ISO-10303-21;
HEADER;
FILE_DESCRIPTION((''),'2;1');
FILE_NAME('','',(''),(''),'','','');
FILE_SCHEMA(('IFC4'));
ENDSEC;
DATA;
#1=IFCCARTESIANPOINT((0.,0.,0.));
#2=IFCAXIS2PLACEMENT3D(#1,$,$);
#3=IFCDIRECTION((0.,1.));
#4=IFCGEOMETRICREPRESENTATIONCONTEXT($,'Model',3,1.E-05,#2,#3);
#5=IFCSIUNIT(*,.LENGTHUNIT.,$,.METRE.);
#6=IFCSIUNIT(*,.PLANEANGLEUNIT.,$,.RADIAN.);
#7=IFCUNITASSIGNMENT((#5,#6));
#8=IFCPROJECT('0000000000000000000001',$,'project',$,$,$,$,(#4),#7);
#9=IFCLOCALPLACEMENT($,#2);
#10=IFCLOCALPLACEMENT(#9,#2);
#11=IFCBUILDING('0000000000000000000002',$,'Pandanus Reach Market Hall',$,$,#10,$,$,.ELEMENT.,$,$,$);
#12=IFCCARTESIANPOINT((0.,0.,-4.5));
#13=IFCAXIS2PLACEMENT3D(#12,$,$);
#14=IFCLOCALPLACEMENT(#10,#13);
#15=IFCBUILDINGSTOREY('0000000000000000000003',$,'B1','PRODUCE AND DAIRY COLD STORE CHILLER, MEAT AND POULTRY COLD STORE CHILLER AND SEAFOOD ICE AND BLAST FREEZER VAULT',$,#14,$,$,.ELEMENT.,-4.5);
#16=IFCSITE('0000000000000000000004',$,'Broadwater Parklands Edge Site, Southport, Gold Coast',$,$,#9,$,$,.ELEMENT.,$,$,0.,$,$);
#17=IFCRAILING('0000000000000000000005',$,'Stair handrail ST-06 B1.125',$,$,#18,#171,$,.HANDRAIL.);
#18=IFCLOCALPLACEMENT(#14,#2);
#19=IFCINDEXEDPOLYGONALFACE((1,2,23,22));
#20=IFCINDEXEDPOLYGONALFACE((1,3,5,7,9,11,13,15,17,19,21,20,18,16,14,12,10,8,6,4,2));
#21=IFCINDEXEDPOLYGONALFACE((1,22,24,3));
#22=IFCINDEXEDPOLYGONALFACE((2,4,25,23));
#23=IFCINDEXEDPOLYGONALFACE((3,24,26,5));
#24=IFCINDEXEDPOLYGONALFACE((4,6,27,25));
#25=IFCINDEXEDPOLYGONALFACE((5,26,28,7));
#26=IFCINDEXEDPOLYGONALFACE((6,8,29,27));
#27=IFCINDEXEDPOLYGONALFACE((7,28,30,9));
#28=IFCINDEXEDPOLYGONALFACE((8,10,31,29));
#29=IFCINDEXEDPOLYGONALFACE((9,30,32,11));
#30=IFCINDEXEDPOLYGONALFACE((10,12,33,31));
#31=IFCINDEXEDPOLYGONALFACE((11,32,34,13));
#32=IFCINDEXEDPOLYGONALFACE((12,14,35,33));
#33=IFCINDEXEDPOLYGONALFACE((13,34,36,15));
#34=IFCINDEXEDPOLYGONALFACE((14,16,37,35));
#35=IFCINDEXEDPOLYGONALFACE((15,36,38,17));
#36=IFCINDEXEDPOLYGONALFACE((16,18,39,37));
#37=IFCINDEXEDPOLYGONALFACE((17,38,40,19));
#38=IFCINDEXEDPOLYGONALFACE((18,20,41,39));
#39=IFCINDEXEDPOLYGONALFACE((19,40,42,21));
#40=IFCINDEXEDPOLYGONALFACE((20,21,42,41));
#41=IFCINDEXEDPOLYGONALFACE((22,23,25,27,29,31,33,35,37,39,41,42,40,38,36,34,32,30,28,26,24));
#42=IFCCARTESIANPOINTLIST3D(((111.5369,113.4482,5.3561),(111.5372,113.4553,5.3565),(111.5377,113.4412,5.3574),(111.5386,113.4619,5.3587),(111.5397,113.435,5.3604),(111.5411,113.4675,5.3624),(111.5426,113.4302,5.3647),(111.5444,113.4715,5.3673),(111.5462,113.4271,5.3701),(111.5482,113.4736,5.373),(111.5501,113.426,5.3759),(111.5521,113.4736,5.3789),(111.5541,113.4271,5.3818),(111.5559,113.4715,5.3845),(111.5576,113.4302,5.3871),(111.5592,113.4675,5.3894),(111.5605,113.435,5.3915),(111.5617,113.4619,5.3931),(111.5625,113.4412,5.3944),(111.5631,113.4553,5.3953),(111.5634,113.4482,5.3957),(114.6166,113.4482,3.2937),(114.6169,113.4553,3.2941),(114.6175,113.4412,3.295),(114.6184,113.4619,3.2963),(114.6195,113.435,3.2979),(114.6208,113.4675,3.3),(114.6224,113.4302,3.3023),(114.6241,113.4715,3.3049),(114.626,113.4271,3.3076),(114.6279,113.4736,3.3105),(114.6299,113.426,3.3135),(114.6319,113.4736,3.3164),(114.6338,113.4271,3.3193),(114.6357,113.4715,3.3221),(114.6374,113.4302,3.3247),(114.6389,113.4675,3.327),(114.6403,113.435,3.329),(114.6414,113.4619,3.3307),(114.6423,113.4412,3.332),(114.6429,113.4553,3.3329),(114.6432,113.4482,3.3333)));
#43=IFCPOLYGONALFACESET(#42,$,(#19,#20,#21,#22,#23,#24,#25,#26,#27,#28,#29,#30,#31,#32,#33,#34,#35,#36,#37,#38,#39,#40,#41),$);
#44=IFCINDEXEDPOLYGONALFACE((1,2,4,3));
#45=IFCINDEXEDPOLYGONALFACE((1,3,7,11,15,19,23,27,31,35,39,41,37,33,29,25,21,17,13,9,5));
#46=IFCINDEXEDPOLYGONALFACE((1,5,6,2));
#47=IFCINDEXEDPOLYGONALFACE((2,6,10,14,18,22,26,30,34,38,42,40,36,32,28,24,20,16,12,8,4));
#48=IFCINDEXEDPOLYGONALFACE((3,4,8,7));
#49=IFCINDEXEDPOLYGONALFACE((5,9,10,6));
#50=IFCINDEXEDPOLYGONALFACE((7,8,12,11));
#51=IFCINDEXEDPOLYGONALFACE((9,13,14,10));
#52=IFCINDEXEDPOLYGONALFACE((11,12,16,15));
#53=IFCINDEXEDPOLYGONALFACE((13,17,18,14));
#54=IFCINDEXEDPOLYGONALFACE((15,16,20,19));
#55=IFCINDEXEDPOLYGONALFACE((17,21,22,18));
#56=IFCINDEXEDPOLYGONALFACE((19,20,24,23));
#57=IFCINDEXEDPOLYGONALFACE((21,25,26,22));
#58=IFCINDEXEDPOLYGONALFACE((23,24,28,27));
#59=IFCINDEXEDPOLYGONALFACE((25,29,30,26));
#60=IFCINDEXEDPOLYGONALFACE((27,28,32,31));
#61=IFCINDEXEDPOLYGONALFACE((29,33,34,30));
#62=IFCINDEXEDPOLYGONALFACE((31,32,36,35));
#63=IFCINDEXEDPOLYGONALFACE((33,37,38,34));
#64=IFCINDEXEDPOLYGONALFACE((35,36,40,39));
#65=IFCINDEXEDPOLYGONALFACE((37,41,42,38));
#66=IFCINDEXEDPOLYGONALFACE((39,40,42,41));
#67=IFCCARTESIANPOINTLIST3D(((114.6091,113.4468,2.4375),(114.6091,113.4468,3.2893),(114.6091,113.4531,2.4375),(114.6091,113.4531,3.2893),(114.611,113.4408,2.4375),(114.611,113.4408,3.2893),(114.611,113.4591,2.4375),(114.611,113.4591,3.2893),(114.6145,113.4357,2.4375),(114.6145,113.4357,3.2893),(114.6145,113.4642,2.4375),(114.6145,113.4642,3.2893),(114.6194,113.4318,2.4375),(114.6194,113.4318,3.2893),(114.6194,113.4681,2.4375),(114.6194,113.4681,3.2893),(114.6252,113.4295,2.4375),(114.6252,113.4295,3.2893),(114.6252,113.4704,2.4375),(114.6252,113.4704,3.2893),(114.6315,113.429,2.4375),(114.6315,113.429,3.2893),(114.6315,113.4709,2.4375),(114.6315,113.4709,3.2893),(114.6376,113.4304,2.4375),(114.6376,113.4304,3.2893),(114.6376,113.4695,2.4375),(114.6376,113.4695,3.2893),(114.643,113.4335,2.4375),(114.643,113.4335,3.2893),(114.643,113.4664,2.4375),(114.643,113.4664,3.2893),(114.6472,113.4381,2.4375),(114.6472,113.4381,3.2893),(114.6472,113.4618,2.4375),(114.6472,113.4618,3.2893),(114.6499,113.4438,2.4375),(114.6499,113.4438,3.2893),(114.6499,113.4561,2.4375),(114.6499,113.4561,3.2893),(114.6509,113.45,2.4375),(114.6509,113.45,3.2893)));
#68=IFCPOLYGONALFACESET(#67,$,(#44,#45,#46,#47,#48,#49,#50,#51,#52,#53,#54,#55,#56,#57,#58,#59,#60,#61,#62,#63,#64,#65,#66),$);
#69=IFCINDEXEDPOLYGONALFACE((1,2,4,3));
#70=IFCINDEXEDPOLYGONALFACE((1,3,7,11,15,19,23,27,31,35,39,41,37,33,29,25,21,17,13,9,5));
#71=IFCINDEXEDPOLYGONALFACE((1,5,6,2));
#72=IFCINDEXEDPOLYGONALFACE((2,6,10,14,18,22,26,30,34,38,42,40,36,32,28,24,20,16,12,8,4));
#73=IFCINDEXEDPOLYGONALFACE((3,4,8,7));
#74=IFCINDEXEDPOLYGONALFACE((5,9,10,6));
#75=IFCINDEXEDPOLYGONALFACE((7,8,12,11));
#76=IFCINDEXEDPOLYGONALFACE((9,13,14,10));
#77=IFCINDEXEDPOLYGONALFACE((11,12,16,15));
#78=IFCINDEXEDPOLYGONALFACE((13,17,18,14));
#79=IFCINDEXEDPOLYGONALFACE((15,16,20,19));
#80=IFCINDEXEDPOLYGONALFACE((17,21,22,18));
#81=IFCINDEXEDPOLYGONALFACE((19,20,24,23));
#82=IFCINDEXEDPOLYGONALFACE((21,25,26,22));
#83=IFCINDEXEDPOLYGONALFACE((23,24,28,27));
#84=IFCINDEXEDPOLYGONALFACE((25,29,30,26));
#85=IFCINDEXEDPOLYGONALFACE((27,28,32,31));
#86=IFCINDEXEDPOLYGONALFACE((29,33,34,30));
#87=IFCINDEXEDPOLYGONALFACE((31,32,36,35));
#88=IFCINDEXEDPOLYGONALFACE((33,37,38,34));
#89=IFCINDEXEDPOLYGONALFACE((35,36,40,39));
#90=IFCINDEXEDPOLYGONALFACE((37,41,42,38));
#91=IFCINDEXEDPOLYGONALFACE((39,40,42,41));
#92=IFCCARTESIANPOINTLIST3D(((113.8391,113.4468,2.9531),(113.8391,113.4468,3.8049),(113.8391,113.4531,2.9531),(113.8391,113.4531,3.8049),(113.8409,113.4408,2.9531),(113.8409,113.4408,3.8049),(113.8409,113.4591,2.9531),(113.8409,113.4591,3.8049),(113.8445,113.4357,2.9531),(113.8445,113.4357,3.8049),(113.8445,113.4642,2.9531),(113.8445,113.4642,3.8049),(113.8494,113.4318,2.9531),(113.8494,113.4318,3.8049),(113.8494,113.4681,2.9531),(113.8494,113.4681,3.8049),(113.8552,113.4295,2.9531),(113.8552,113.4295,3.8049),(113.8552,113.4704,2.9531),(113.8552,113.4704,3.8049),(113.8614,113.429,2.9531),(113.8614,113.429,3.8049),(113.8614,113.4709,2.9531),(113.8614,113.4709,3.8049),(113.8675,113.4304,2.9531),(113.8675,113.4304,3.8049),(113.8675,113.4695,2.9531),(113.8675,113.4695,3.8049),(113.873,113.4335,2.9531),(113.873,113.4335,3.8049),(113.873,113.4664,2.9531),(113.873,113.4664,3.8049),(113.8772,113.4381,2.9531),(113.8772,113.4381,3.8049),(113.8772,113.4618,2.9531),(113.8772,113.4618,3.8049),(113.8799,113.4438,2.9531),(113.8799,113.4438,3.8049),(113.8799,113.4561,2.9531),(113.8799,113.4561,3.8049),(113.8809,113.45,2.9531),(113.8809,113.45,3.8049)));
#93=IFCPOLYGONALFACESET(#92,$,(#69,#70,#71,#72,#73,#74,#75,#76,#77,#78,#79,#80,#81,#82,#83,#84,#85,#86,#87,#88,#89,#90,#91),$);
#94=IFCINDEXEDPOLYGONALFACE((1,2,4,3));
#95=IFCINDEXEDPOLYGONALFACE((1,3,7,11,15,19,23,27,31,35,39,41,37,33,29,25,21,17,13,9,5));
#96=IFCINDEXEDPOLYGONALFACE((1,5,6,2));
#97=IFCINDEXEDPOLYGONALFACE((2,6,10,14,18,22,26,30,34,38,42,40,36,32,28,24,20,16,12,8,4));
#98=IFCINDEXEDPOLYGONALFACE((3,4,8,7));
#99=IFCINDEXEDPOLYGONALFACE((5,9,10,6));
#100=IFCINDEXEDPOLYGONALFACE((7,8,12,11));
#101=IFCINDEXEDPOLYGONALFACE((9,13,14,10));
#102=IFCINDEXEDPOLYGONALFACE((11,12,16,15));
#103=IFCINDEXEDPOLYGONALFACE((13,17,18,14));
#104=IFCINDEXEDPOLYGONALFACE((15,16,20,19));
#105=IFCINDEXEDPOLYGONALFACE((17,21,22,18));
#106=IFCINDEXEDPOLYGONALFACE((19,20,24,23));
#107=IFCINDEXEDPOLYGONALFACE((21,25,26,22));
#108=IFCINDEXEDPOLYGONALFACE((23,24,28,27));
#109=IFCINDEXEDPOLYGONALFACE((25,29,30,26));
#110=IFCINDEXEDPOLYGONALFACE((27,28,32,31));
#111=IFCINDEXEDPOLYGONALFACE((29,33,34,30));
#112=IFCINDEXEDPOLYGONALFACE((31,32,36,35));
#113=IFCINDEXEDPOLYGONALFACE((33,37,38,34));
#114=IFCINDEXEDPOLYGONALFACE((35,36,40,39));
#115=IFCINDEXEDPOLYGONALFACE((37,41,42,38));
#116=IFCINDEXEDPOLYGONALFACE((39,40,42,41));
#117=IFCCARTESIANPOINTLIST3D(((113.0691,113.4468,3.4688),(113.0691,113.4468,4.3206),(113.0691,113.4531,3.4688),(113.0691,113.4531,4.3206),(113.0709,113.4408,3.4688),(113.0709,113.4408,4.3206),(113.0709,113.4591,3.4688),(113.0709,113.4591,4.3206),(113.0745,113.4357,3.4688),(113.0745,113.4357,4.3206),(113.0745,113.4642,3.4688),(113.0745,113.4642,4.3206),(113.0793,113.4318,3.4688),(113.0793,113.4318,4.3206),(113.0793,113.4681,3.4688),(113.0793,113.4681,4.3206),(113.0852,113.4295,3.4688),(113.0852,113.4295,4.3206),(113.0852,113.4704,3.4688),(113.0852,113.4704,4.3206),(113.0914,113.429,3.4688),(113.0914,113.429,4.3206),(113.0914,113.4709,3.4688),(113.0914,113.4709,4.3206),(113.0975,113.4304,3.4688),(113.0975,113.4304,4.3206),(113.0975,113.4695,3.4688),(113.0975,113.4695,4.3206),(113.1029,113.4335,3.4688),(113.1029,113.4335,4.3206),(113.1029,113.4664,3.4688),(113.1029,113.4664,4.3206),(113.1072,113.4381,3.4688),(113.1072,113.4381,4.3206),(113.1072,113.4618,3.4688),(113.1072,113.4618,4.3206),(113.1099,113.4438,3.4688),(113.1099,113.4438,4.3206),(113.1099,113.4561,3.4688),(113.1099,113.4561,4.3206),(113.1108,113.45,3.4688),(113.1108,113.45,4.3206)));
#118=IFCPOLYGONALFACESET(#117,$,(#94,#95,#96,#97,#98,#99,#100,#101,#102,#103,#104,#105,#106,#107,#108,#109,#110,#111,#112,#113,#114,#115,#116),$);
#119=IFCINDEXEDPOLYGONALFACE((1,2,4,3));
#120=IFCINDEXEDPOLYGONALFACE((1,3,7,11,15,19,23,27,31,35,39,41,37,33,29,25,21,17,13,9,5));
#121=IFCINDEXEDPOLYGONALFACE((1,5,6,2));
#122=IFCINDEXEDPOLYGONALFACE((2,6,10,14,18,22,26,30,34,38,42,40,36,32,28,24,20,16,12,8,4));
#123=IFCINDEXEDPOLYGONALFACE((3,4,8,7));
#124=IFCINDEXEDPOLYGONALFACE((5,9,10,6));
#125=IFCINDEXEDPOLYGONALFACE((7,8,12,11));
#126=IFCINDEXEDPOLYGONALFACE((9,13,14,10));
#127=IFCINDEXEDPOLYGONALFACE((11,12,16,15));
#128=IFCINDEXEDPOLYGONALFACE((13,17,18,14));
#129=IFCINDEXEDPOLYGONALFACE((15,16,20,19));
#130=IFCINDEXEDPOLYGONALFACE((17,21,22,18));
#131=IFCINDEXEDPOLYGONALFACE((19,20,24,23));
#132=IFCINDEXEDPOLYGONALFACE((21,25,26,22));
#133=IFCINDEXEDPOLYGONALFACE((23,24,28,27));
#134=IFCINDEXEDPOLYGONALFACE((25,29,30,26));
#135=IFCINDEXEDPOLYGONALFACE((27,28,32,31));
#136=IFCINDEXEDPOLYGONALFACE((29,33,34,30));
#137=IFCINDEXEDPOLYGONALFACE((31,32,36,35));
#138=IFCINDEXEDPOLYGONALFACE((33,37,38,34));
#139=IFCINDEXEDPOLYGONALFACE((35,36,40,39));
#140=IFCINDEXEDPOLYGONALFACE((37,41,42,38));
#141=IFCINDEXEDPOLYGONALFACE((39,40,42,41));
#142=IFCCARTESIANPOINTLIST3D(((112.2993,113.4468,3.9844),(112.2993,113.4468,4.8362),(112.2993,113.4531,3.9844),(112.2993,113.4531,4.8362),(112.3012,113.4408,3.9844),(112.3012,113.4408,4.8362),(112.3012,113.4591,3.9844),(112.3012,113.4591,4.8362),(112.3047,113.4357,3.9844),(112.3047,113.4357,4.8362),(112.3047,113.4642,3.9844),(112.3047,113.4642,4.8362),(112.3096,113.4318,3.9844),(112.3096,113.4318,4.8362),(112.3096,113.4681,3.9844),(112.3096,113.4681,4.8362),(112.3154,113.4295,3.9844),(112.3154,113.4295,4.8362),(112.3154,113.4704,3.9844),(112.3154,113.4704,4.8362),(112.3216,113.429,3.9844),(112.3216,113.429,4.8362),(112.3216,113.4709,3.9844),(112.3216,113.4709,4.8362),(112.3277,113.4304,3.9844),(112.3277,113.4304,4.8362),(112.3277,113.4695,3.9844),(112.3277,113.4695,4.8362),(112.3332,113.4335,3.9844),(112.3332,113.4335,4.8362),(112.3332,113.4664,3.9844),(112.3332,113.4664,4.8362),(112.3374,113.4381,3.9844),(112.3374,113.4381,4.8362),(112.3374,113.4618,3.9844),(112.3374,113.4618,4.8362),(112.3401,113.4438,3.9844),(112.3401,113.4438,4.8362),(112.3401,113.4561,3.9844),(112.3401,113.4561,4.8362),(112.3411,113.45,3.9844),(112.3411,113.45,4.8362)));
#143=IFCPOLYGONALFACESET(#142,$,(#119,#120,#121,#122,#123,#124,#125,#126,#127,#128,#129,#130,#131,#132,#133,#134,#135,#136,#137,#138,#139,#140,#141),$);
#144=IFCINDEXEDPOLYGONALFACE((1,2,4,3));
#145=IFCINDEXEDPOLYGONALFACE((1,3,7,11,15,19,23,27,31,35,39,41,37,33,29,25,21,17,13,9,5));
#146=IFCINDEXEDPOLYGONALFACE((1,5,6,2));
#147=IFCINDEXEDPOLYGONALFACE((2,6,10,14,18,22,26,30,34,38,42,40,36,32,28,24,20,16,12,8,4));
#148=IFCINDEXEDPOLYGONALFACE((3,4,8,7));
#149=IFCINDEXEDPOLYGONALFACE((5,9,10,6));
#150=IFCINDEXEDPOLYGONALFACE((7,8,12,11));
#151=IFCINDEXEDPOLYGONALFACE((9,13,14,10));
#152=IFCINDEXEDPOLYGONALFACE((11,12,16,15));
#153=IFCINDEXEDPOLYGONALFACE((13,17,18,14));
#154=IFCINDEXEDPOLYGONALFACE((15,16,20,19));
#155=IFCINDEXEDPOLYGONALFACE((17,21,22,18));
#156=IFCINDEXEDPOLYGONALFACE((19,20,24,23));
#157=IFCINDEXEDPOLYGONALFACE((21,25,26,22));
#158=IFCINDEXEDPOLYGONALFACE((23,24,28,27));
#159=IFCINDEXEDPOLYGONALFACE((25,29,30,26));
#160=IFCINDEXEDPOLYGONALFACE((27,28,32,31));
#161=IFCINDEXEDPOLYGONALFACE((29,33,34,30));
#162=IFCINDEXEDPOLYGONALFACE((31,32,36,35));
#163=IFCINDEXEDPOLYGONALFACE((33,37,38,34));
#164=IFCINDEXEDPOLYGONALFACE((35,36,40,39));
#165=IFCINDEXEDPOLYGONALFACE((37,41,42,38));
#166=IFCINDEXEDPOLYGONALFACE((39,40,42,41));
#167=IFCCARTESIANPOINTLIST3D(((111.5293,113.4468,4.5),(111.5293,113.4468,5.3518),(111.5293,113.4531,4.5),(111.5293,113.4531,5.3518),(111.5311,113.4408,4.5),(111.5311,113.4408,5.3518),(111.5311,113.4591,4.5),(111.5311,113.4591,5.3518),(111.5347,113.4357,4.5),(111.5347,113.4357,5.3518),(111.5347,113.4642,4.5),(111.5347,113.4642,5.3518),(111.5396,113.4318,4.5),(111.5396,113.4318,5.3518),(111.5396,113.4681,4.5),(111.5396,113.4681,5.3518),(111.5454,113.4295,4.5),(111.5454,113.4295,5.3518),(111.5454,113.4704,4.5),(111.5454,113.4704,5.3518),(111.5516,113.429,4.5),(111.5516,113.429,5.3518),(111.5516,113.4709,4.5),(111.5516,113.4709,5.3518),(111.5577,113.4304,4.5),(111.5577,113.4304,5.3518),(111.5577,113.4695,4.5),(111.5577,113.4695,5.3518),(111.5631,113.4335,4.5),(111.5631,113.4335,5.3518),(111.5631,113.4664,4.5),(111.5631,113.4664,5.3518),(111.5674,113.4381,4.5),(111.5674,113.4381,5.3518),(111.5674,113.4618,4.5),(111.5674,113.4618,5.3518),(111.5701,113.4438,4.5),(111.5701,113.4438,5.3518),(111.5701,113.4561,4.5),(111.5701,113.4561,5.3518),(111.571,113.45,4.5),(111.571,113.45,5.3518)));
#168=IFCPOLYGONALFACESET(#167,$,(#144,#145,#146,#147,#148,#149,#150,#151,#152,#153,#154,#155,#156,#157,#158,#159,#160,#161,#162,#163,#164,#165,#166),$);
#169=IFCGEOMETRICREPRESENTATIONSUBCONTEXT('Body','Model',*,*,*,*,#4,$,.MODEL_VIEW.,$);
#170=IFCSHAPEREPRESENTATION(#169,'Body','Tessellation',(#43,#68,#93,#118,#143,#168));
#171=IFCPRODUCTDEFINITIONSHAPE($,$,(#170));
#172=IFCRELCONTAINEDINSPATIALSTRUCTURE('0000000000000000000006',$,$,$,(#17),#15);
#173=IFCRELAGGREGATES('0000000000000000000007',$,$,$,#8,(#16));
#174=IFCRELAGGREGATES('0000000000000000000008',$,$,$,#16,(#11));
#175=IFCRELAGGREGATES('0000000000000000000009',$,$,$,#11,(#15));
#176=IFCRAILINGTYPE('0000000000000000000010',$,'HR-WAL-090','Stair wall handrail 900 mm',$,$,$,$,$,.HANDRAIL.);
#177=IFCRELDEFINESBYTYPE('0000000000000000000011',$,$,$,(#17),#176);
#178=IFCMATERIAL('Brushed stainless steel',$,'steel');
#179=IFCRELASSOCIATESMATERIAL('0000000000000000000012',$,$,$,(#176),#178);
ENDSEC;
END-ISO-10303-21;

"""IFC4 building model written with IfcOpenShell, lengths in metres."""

from ifc_helpers import new_model, si_unit, direction, frame, origin, origin_2d, place, context, subcontext, project, spatial, circle, extrude, material, type_object, element, save


model = new_model("IFC4")

# Units and contexts
model_context = context("Model", 3, precision=1e-05, world=origin(), true_north=direction((0.0, 1.0)))
body_context = subcontext(model_context, "Body", "Model", "MODEL_VIEW")
ifc_project = project(units=[si_unit("LENGTHUNIT", "METRE"), si_unit("PLANEANGLEUNIT", "RADIAN")], contexts=[model_context])

# Site, building, storey
site_placement = place(None, origin())
site = spatial("IfcSite", under=ifc_project, at=site_placement, Name="Broadwater Parklands Edge Site, Southport, Gold Coast", CompositionType="ELEMENT", RefElevation=0.0)
building_placement = place(site_placement, origin())
building = spatial("IfcBuilding", under=site, at=building_placement, Name="Pandanus Reach Market Hall", CompositionType="ELEMENT")
storey_placement = place(building_placement, frame((0.0, 0.0, -4.5)))
storey = spatial("IfcBuildingStorey", under=building, at=storey_placement, Name="B1", Description="PRODUCE AND DAIRY COLD STORE CHILLER, MEAT AND POULTRY COLD STORE CHILLER AND SEAFOOD ICE AND BLAST FREEZER VAULT", CompositionType="ELEMENT", Elevation=-4.5)

# Railing
ifc_material_1 = material(Name="Brushed stainless steel", Category="steel")
railing_type_1 = type_object("IfcRailingType", Name="HR-WAL-090", Description="Stair wall handrail 900 mm", PredefinedType="HANDRAIL", material=ifc_material_1)
railing_1_placement = place(storey_placement, frame((114.6299, 113.45, 2.4375)))
element("IfcRailing", 1, at=railing_1_placement, inside=storey, type_object=railing_type_1, Name="Stair handrail ST-06 B1.125", PredefinedType="HANDRAIL", context=body_context, shape_type="SweptSolid", body=[
    extrude(circle(Radius=0.0239, at=origin_2d()), frame((0.0, 0.0, 0.876), z_axis=(-0.830893, 0.0, 0.556432), x_axis=(0.0, -1.0, 0.0)), (0.0, 0.0, 1.0), 3.7065),
    extrude(circle(Radius=0.021, at=origin_2d()), origin(), (0.0, 0.0, 1.0), 0.8518),
    extrude(circle(Radius=0.021, at=origin_2d()), frame((-0.77, 0.0, 0.5156)), (0.0, 0.0, 1.0), 0.8518),
    extrude(circle(Radius=0.021, at=origin_2d()), frame((-1.54, 0.0, 1.0312)), (0.0, 0.0, 1.0), 0.8518),
    extrude(circle(Radius=0.021, at=origin_2d()), frame((-2.3098, 0.0, 1.5469)), (0.0, 0.0, 1.0), 0.8518),
    extrude(circle(Radius=0.021, at=origin_2d()), frame((-3.0798, 0.0, 2.0625)), (0.0, 0.0, 1.0), 0.8518),
])

save(model, "model.ifc")
